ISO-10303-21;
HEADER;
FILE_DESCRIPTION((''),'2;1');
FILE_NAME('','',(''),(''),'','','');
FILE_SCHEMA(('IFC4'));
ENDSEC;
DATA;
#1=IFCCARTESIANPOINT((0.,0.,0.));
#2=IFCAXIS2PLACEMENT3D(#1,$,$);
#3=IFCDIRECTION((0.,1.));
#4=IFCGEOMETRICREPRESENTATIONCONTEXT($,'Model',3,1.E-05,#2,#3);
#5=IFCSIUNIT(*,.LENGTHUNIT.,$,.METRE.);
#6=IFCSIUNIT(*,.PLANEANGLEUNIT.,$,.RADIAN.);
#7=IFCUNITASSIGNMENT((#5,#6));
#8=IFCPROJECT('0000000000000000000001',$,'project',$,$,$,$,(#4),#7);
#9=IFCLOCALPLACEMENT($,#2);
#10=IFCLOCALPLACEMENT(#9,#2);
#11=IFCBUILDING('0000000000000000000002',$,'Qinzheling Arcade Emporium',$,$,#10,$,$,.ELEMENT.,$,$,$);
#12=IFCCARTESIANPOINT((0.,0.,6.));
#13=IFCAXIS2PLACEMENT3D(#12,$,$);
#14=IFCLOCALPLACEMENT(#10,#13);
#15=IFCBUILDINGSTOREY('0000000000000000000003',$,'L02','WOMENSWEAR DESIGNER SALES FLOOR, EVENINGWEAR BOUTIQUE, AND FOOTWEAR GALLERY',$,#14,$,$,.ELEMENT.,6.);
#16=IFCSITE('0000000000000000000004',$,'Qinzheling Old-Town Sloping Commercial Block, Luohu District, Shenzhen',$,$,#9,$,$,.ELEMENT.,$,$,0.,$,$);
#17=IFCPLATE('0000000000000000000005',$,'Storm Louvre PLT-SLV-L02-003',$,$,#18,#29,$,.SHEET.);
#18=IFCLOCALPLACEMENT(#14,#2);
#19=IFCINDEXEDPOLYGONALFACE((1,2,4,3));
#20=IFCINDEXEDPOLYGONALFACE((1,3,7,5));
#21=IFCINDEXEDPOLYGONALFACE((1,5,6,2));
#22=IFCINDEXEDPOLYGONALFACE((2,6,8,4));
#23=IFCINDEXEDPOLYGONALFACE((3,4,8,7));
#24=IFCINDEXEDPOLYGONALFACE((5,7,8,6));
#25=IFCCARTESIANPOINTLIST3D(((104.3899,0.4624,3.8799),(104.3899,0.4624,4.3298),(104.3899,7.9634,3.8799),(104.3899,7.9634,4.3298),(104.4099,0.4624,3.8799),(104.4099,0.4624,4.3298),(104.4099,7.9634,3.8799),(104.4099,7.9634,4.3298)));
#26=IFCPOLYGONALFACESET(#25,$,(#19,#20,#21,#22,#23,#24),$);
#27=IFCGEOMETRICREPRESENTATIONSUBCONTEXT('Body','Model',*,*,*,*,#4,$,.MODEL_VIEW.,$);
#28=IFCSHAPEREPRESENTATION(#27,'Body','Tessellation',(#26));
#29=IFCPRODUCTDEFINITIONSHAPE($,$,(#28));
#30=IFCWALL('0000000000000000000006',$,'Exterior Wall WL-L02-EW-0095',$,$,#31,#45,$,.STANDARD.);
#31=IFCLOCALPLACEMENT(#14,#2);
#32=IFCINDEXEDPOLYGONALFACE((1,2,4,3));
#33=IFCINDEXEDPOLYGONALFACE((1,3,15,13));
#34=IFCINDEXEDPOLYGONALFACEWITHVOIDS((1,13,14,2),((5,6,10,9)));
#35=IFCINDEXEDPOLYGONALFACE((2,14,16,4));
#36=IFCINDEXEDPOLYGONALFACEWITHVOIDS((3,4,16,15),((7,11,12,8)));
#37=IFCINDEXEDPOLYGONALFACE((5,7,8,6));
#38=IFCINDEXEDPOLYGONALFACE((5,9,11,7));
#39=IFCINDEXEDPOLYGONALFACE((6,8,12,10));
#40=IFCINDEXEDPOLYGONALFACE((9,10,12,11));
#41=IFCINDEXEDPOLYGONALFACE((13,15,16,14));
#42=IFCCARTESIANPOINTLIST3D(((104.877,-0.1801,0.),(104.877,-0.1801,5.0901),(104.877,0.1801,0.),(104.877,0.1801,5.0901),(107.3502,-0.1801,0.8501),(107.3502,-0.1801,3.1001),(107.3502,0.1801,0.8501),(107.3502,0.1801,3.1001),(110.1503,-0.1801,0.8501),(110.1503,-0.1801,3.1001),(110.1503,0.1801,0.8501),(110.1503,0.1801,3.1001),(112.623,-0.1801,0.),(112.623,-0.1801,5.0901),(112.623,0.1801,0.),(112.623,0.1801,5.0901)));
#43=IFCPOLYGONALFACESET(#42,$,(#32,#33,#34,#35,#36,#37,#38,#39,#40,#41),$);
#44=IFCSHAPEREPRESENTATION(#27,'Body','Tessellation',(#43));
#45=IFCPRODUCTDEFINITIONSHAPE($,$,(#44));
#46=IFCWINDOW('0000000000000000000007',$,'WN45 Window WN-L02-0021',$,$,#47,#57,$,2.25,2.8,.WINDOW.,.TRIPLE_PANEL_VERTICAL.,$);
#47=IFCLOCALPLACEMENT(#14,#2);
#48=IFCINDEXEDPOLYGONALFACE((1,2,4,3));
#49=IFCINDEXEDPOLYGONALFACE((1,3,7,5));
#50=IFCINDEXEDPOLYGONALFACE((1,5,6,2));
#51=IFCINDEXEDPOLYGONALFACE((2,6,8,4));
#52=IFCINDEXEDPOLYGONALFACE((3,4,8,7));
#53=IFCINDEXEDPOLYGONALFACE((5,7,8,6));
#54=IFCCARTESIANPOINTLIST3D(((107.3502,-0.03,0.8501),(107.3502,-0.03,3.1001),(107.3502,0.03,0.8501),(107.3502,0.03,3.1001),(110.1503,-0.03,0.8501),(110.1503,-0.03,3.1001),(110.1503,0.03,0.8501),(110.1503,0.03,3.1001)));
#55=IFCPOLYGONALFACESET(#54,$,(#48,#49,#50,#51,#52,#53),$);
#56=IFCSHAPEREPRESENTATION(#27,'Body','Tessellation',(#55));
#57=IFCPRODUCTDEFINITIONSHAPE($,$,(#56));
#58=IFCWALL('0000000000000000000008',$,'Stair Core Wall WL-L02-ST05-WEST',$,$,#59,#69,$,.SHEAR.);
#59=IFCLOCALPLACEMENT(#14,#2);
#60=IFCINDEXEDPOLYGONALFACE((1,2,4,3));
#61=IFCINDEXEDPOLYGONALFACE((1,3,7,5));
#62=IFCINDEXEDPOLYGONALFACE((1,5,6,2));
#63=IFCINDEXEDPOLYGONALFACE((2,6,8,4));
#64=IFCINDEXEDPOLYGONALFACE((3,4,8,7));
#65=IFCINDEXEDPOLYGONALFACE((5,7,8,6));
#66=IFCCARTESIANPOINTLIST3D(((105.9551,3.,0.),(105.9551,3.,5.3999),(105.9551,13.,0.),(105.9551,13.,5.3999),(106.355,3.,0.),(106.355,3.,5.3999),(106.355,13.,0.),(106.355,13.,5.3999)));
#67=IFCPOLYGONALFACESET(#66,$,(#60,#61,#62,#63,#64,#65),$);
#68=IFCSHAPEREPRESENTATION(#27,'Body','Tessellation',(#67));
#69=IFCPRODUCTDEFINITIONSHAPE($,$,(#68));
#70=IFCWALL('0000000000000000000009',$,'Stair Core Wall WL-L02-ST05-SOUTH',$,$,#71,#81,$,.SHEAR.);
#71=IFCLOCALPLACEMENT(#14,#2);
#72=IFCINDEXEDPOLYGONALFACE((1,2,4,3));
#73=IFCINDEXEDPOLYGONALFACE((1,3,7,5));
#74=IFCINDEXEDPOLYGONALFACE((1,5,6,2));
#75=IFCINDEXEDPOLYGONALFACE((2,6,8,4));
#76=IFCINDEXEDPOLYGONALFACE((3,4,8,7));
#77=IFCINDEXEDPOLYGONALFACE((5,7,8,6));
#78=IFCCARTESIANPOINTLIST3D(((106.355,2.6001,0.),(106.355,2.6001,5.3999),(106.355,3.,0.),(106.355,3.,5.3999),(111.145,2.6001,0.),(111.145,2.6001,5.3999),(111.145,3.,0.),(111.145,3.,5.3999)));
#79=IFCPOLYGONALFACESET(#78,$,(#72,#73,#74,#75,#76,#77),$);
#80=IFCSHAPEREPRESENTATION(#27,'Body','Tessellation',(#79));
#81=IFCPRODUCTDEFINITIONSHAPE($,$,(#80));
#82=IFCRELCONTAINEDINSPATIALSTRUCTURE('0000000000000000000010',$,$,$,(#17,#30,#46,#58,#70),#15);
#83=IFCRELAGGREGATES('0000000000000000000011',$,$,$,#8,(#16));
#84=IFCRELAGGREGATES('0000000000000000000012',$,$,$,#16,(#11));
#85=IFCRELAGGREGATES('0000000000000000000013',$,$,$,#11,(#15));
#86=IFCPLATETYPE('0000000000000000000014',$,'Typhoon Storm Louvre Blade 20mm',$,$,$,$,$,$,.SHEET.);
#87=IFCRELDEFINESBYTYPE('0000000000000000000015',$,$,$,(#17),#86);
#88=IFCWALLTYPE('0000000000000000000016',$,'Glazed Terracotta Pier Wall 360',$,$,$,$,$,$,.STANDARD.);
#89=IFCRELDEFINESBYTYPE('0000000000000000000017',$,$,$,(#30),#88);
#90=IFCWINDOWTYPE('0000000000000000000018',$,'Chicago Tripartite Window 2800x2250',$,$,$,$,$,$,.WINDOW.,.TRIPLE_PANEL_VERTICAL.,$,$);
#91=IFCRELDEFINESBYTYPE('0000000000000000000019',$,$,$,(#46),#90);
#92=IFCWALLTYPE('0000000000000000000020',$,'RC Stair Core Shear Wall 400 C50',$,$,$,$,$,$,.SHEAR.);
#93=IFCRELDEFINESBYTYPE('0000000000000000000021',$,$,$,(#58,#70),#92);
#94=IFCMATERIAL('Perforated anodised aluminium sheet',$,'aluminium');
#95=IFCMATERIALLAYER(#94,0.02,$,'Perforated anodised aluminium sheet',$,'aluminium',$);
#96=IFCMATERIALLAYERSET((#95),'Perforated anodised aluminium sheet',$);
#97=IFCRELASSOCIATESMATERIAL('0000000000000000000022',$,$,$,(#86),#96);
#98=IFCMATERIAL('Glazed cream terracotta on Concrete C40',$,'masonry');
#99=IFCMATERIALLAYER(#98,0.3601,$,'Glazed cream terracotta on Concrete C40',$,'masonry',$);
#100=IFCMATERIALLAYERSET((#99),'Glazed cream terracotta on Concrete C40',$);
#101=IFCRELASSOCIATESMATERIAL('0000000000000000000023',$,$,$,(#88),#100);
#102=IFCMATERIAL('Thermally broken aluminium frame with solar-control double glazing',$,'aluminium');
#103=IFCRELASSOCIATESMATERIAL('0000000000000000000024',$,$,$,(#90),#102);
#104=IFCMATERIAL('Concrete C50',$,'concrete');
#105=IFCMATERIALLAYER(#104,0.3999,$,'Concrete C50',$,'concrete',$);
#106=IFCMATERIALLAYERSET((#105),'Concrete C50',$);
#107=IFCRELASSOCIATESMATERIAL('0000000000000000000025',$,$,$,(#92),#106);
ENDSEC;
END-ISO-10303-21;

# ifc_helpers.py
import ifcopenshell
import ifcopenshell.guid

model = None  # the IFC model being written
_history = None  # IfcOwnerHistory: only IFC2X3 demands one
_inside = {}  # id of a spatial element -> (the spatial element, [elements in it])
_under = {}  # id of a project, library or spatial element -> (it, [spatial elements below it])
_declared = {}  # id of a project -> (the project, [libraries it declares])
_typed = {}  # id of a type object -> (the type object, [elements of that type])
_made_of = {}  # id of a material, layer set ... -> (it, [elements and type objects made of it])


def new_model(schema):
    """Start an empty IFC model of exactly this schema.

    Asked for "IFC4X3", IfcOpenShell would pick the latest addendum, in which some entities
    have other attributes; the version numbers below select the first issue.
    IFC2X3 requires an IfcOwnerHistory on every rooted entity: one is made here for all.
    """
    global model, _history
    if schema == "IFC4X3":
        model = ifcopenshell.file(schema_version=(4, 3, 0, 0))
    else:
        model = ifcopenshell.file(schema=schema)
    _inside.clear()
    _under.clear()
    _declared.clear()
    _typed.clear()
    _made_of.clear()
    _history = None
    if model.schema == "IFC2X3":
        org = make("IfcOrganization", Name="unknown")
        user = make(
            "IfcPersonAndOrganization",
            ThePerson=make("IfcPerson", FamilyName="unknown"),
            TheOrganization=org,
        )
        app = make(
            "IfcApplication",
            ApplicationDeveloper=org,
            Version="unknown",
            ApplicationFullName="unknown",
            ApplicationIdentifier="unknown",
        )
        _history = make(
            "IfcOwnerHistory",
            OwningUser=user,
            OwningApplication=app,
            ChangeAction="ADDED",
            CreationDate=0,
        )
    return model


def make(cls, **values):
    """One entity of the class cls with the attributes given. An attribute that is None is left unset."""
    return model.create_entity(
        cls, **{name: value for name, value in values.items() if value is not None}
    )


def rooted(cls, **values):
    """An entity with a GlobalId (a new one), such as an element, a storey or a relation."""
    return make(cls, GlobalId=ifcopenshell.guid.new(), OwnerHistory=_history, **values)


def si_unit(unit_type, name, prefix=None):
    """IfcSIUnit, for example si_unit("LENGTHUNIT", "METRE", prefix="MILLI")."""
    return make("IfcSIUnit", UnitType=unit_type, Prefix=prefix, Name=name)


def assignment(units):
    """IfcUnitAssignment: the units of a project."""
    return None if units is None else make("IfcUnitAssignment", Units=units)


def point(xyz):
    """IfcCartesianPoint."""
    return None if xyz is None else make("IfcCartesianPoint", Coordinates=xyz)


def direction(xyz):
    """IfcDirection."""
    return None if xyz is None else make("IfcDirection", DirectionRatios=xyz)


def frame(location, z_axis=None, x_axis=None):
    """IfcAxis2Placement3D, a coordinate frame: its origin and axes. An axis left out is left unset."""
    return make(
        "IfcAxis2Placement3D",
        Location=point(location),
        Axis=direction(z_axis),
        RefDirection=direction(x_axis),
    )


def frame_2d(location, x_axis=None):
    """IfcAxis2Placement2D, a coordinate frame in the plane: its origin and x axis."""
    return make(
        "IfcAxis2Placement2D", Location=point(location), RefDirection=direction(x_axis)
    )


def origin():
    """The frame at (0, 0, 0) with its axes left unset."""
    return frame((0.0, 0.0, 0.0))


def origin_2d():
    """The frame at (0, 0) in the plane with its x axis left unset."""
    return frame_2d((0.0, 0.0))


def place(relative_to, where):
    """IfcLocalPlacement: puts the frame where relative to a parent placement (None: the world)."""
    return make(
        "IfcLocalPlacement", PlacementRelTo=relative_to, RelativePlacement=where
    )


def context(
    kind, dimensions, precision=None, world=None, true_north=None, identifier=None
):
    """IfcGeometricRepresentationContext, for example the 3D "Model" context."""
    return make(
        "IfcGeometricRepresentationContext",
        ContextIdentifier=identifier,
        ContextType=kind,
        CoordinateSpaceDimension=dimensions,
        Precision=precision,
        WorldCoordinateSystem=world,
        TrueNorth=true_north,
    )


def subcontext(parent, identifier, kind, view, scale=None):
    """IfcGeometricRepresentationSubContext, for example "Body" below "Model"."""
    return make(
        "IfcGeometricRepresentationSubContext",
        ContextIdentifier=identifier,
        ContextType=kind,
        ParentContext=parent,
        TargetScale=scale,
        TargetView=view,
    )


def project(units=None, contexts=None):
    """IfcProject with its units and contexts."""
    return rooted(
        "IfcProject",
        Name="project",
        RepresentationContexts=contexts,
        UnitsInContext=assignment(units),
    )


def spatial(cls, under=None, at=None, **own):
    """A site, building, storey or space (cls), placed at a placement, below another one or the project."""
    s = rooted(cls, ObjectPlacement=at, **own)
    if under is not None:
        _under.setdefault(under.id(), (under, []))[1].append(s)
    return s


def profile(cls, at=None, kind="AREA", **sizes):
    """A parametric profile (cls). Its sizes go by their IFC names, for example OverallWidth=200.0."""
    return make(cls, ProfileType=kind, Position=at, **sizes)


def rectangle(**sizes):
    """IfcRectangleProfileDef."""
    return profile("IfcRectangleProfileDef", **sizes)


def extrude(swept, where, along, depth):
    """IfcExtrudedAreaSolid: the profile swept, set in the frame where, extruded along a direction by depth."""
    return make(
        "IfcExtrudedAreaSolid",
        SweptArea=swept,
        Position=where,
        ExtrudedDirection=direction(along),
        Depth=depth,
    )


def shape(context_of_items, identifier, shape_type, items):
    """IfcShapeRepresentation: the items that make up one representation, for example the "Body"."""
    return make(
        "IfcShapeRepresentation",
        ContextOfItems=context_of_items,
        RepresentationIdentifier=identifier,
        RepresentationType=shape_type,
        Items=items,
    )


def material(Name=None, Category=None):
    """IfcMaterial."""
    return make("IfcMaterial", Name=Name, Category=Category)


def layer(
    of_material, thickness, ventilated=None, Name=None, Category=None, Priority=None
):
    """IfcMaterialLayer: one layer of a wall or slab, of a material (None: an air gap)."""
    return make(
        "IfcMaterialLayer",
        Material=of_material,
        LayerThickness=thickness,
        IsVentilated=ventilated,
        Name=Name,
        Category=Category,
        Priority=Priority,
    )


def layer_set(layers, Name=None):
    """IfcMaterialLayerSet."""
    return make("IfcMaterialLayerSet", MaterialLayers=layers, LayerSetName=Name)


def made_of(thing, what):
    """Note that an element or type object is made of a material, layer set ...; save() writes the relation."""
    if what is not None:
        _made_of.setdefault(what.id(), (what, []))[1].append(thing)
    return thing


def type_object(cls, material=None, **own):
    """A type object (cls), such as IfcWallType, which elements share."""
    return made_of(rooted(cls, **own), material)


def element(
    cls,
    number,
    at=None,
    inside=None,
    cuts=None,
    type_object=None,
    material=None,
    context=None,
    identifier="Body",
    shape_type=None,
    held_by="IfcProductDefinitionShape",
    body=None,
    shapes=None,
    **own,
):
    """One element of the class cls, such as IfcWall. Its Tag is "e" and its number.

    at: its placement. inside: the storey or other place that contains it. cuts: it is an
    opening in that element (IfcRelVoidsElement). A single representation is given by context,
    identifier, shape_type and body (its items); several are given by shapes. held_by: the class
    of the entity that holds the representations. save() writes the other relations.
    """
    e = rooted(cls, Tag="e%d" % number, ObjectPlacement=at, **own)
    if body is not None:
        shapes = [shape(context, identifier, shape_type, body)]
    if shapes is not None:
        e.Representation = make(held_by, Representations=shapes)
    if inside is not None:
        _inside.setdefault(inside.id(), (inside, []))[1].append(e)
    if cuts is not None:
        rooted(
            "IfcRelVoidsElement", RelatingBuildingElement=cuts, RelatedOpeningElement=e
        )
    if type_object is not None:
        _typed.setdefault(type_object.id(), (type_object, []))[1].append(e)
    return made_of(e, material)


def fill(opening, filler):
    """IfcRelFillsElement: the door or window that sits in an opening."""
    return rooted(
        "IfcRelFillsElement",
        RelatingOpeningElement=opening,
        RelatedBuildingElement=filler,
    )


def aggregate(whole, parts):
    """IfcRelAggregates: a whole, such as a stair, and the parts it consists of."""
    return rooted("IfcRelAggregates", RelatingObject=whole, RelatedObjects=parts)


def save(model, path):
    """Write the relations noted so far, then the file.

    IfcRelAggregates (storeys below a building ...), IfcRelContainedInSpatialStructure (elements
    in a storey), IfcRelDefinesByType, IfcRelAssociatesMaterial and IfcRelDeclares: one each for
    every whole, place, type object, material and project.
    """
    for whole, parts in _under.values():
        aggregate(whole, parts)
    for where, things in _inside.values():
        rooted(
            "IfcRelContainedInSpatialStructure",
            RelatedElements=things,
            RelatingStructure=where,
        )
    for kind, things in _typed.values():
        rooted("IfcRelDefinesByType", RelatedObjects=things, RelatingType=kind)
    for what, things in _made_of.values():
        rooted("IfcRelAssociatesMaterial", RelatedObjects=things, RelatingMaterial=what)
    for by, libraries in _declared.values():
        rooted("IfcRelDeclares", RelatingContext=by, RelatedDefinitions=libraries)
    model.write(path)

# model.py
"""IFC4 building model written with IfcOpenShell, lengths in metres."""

from ifc_helpers import new_model, si_unit, direction, frame, frame_2d, origin, origin_2d, place, context, subcontext, project, spatial, rectangle, extrude, material, layer, layer_set, type_object, element, fill, save


model = new_model("IFC4")

# Units and contexts
model_context = context("Model", 3, precision=1e-05, world=origin(), true_north=direction((0.0, 1.0)))
body_context = subcontext(model_context, "Body", "Model", "MODEL_VIEW")
ifc_project = project(units=[si_unit("LENGTHUNIT", "METRE"), si_unit("PLANEANGLEUNIT", "RADIAN")], contexts=[model_context])

# Site, building, storey
site_placement = place(None, origin())
site = spatial("IfcSite", under=ifc_project, at=site_placement, Name="Qinzheling Old-Town Sloping Commercial Block, Luohu District, Shenzhen", CompositionType="ELEMENT", RefElevation=0.0)
building_placement = place(site_placement, origin())
building = spatial("IfcBuilding", under=site, at=building_placement, Name="Qinzheling Arcade Emporium", CompositionType="ELEMENT")
storey_placement = place(building_placement, frame((0.0, 0.0, 6.0)))
storey = spatial("IfcBuildingStorey", under=building, at=storey_placement, Name="L02", Description="WOMENSWEAR DESIGNER SALES FLOOR, EVENINGWEAR BOUTIQUE, AND FOOTWEAR GALLERY", CompositionType="ELEMENT", Elevation=6.0)

# Shared definitions
ifc_material_1 = material(Name="Concrete C50", Category="concrete")

# Plate
ifc_material_2 = material(Name="Perforated anodised aluminium sheet", Category="aluminium")
ifc_layer_1 = layer(ifc_material_2, 0.02, Name="Perforated anodised aluminium sheet", Category="aluminium")
ifc_layer_set_1 = layer_set([ifc_layer_1], Name="Perforated anodised aluminium sheet")
plate_type_1 = type_object("IfcPlateType", Name="Typhoon Storm Louvre Blade 20mm", PredefinedType="SHEET", material=ifc_layer_set_1)
plate_1_placement = place(storey_placement, frame((104.3999, 4.2129, 3.8799), z_axis=(0.0, 0.0, 1.0), x_axis=(0.0, 1.0, 0.0)))
element("IfcPlate", 1, at=plate_1_placement, inside=storey, type_object=plate_type_1, Name="Storm Louvre PLT-SLV-L02-003", PredefinedType="SHEET", context=body_context, shape_type="SweptSolid", body=[
    extrude(rectangle(XDim=7.501, YDim=0.02, at=origin_2d()), origin(), (0.0, 0.0, 1.0), 0.45),
])

# Wall, opening, window
ifc_material_3 = material(Name="Glazed cream terracotta on Concrete C40", Category="masonry")
ifc_layer_2 = layer(ifc_material_3, 0.3601, Name="Glazed cream terracotta on Concrete C40", Category="masonry")
ifc_layer_set_2 = layer_set([ifc_layer_2], Name="Glazed cream terracotta on Concrete C40")
wall_type_1 = type_object("IfcWallType", Name="Glazed Terracotta Pier Wall 360", PredefinedType="STANDARD", material=ifc_layer_set_2)
wall_1_placement = place(storey_placement, frame((112.623, 0.0, 0.0), z_axis=(0.0, 0.0, 1.0), x_axis=(-1.0, 0.0, 0.0)))
wall_1 = element("IfcWall", 2, at=wall_1_placement, inside=storey, type_object=wall_type_1, Name="Exterior Wall WL-L02-EW-0095", PredefinedType="STANDARD", context=body_context, shape_type="SweptSolid", body=[
    extrude(rectangle(XDim=7.7461, YDim=0.3601, at=frame_2d((3.873, 0.0))), origin(), (0.0, 0.0, 1.0), 5.0901),
])
opening_placement = place(wall_1_placement, frame((2.4729, 0.0, 0.8501)))
opening = element("IfcOpeningElement", 3, at=opening_placement, cuts=wall_1, PredefinedType="OPENING", context=body_context, shape_type="SweptSolid", body=[
    extrude(rectangle(XDim=2.8, YDim=2.25, at=frame_2d((1.3999, 1.125))), frame((0.0, 0.1899, 0.0), z_axis=(0.0, -1.0, 0.0), x_axis=(1.0, 0.0, 0.0)), (0.0, 0.0, 1.0), 0.3801),
])
ifc_material_4 = material(Name="Thermally broken aluminium frame with solar-control double glazing", Category="aluminium")
window_type = type_object("IfcWindowType", Name="Chicago Tripartite Window 2800x2250", PartitioningType="TRIPLE_PANEL_VERTICAL", PredefinedType="WINDOW", material=ifc_material_4)
window_placement = place(opening_placement, origin())
window = element("IfcWindow", 4, at=window_placement, inside=storey, type_object=window_type, Name="WN45 Window WN-L02-0021", OverallHeight=2.25, OverallWidth=2.8, PartitioningType="TRIPLE_PANEL_VERTICAL", PredefinedType="WINDOW", context=body_context, shape_type="SweptSolid", body=[
    extrude(rectangle(XDim=2.8, YDim=2.25, at=frame_2d((1.3999, 1.125))), frame((0.0, 0.03, 0.0), z_axis=(0.0, -1.0, 0.0), x_axis=(1.0, 0.0, 0.0)), (0.0, 0.0, 1.0), 0.0601),
])
fill(opening, window)

# Walls
ifc_layer_3 = layer(ifc_material_1, 0.3999, Name="Concrete C50", Category="concrete")
ifc_layer_set_3 = layer_set([ifc_layer_3], Name="Concrete C50")
wall_type_2 = type_object("IfcWallType", Name="RC Stair Core Shear Wall 400 C50", PredefinedType="SHEAR", material=ifc_layer_set_3)
wall_2_placement = place(storey_placement, frame((106.155, 3.0, 0.0), z_axis=(0.0, 0.0, 1.0), x_axis=(0.0, 1.0, 0.0)))
element("IfcWall", 5, at=wall_2_placement, inside=storey, type_object=wall_type_2, Name="Stair Core Wall WL-L02-ST05-WEST", PredefinedType="SHEAR", context=body_context, shape_type="SweptSolid", body=[
    extrude(rectangle(XDim=10.0, YDim=0.3999, at=frame_2d((5.0, 0.0))), origin(), (0.0, 0.0, 1.0), 5.3999),
])
wall_3_placement = place(storey_placement, frame((111.145, 2.8, 0.0), z_axis=(0.0, 0.0, 1.0), x_axis=(-1.0, 0.0, 0.0)))
element("IfcWall", 6, at=wall_3_placement, inside=storey, type_object=wall_type_2, Name="Stair Core Wall WL-L02-ST05-SOUTH", PredefinedType="SHEAR", context=body_context, shape_type="SweptSolid", body=[
    extrude(rectangle(XDim=4.79, YDim=0.3999, at=frame_2d((2.395, 0.0))), origin(), (0.0, 0.0, 1.0), 5.3999),
])

save(model, "model.ifc")
